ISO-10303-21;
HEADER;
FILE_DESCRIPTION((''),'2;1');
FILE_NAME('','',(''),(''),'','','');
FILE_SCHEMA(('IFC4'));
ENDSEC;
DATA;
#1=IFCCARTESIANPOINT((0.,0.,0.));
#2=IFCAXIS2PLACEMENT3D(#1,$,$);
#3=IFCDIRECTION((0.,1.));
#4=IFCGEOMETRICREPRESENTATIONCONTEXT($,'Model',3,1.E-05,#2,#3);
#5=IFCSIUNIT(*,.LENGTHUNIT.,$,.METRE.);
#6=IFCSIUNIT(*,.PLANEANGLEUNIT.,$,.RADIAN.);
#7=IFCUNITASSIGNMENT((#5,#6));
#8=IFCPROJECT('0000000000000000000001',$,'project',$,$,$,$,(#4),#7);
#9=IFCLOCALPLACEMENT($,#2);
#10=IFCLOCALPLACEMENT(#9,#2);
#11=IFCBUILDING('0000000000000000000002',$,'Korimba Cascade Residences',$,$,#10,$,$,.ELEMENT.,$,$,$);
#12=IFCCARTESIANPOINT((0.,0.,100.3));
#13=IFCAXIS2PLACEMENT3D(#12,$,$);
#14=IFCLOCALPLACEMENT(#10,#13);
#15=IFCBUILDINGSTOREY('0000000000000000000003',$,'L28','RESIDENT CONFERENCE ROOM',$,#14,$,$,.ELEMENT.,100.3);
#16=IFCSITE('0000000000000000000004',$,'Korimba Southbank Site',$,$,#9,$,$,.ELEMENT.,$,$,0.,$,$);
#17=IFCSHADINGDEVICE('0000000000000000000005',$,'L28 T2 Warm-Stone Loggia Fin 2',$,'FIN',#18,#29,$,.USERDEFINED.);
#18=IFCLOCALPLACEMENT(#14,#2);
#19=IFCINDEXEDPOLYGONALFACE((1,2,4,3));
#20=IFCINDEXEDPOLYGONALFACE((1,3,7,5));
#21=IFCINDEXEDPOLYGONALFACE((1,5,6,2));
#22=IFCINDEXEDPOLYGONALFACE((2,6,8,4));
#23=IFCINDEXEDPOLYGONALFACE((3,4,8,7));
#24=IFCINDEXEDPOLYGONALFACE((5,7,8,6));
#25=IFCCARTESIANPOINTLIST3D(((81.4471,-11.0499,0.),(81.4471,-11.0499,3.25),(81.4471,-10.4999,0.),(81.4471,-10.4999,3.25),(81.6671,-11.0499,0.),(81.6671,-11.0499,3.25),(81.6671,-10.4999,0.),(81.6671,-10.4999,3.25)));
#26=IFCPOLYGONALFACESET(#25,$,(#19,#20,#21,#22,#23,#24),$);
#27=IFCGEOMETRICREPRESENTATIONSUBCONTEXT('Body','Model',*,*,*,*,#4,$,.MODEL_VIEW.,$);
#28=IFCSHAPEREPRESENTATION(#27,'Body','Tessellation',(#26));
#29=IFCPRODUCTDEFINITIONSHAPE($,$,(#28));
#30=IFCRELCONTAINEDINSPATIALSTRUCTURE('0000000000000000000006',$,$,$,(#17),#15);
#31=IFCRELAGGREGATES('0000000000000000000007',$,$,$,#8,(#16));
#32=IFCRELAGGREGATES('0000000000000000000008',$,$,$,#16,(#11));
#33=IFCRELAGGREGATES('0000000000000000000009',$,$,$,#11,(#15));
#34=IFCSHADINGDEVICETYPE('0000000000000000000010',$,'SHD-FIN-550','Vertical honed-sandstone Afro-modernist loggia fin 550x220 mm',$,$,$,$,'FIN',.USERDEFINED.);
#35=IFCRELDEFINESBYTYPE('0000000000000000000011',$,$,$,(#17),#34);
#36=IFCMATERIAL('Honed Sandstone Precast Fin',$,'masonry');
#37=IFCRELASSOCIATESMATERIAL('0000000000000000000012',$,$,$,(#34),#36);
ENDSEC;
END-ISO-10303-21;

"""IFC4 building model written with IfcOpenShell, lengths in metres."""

from ifc_helpers import new_model, si_unit, direction, frame, origin, origin_2d, place, context, subcontext, project, spatial, rectangle, extrude, material, type_object, element, save


model = new_model("IFC4")

# Units and contexts
model_context = context("Model", 3, precision=1e-05, world=origin(), true_north=direction((0.0, 1.0)))
body_context = subcontext(model_context, "Body", "Model", "MODEL_VIEW")
ifc_project = project(units=[si_unit("LENGTHUNIT", "METRE"), si_unit("PLANEANGLEUNIT", "RADIAN")], contexts=[model_context])

# Site, building, storey
site_placement = place(None, origin())
site = spatial("IfcSite", under=ifc_project, at=site_placement, Name="Korimba Southbank Site", CompositionType="ELEMENT", RefElevation=0.0)
building_placement = place(site_placement, origin())
building = spatial("IfcBuilding", under=site, at=building_placement, Name="Korimba Cascade Residences", CompositionType="ELEMENT")
storey_placement = place(building_placement, frame((0.0, 0.0, 100.3)))
storey = spatial("IfcBuildingStorey", under=building, at=storey_placement, Name="L28", Description="RESIDENT CONFERENCE ROOM", CompositionType="ELEMENT", Elevation=100.3)

# Shading device
ifc_material_1 = material(Name="Honed Sandstone Precast Fin", Category="masonry")
shading_device_type = type_object("IfcShadingDeviceType", Name="SHD-FIN-550", Description="Vertical honed-sandstone Afro-modernist loggia fin 550x220 mm", ElementType="FIN", PredefinedType="USERDEFINED", material=ifc_material_1)
for number, where, z_axis, x_axis, name in (
    (1, (81.5571, -10.7749, 0.0), (0.0, 0.0, 1.0), (1.0, 0.0, 0.0), "L28 T2 Warm-Stone Loggia Fin 2"),
):
    element("IfcShadingDevice", number, at=place(storey_placement, frame(where, z_axis=z_axis, x_axis=x_axis)), inside=storey, type_object=shading_device_type, Name=name, ObjectType="FIN", PredefinedType="USERDEFINED", context=body_context, shape_type="SweptSolid", body=[
        extrude(rectangle(XDim=0.22, YDim=0.55, at=origin_2d()), origin(), (0.0, 0.0, 1.0), 3.25),
    ])

save(model, "model.ifc")
